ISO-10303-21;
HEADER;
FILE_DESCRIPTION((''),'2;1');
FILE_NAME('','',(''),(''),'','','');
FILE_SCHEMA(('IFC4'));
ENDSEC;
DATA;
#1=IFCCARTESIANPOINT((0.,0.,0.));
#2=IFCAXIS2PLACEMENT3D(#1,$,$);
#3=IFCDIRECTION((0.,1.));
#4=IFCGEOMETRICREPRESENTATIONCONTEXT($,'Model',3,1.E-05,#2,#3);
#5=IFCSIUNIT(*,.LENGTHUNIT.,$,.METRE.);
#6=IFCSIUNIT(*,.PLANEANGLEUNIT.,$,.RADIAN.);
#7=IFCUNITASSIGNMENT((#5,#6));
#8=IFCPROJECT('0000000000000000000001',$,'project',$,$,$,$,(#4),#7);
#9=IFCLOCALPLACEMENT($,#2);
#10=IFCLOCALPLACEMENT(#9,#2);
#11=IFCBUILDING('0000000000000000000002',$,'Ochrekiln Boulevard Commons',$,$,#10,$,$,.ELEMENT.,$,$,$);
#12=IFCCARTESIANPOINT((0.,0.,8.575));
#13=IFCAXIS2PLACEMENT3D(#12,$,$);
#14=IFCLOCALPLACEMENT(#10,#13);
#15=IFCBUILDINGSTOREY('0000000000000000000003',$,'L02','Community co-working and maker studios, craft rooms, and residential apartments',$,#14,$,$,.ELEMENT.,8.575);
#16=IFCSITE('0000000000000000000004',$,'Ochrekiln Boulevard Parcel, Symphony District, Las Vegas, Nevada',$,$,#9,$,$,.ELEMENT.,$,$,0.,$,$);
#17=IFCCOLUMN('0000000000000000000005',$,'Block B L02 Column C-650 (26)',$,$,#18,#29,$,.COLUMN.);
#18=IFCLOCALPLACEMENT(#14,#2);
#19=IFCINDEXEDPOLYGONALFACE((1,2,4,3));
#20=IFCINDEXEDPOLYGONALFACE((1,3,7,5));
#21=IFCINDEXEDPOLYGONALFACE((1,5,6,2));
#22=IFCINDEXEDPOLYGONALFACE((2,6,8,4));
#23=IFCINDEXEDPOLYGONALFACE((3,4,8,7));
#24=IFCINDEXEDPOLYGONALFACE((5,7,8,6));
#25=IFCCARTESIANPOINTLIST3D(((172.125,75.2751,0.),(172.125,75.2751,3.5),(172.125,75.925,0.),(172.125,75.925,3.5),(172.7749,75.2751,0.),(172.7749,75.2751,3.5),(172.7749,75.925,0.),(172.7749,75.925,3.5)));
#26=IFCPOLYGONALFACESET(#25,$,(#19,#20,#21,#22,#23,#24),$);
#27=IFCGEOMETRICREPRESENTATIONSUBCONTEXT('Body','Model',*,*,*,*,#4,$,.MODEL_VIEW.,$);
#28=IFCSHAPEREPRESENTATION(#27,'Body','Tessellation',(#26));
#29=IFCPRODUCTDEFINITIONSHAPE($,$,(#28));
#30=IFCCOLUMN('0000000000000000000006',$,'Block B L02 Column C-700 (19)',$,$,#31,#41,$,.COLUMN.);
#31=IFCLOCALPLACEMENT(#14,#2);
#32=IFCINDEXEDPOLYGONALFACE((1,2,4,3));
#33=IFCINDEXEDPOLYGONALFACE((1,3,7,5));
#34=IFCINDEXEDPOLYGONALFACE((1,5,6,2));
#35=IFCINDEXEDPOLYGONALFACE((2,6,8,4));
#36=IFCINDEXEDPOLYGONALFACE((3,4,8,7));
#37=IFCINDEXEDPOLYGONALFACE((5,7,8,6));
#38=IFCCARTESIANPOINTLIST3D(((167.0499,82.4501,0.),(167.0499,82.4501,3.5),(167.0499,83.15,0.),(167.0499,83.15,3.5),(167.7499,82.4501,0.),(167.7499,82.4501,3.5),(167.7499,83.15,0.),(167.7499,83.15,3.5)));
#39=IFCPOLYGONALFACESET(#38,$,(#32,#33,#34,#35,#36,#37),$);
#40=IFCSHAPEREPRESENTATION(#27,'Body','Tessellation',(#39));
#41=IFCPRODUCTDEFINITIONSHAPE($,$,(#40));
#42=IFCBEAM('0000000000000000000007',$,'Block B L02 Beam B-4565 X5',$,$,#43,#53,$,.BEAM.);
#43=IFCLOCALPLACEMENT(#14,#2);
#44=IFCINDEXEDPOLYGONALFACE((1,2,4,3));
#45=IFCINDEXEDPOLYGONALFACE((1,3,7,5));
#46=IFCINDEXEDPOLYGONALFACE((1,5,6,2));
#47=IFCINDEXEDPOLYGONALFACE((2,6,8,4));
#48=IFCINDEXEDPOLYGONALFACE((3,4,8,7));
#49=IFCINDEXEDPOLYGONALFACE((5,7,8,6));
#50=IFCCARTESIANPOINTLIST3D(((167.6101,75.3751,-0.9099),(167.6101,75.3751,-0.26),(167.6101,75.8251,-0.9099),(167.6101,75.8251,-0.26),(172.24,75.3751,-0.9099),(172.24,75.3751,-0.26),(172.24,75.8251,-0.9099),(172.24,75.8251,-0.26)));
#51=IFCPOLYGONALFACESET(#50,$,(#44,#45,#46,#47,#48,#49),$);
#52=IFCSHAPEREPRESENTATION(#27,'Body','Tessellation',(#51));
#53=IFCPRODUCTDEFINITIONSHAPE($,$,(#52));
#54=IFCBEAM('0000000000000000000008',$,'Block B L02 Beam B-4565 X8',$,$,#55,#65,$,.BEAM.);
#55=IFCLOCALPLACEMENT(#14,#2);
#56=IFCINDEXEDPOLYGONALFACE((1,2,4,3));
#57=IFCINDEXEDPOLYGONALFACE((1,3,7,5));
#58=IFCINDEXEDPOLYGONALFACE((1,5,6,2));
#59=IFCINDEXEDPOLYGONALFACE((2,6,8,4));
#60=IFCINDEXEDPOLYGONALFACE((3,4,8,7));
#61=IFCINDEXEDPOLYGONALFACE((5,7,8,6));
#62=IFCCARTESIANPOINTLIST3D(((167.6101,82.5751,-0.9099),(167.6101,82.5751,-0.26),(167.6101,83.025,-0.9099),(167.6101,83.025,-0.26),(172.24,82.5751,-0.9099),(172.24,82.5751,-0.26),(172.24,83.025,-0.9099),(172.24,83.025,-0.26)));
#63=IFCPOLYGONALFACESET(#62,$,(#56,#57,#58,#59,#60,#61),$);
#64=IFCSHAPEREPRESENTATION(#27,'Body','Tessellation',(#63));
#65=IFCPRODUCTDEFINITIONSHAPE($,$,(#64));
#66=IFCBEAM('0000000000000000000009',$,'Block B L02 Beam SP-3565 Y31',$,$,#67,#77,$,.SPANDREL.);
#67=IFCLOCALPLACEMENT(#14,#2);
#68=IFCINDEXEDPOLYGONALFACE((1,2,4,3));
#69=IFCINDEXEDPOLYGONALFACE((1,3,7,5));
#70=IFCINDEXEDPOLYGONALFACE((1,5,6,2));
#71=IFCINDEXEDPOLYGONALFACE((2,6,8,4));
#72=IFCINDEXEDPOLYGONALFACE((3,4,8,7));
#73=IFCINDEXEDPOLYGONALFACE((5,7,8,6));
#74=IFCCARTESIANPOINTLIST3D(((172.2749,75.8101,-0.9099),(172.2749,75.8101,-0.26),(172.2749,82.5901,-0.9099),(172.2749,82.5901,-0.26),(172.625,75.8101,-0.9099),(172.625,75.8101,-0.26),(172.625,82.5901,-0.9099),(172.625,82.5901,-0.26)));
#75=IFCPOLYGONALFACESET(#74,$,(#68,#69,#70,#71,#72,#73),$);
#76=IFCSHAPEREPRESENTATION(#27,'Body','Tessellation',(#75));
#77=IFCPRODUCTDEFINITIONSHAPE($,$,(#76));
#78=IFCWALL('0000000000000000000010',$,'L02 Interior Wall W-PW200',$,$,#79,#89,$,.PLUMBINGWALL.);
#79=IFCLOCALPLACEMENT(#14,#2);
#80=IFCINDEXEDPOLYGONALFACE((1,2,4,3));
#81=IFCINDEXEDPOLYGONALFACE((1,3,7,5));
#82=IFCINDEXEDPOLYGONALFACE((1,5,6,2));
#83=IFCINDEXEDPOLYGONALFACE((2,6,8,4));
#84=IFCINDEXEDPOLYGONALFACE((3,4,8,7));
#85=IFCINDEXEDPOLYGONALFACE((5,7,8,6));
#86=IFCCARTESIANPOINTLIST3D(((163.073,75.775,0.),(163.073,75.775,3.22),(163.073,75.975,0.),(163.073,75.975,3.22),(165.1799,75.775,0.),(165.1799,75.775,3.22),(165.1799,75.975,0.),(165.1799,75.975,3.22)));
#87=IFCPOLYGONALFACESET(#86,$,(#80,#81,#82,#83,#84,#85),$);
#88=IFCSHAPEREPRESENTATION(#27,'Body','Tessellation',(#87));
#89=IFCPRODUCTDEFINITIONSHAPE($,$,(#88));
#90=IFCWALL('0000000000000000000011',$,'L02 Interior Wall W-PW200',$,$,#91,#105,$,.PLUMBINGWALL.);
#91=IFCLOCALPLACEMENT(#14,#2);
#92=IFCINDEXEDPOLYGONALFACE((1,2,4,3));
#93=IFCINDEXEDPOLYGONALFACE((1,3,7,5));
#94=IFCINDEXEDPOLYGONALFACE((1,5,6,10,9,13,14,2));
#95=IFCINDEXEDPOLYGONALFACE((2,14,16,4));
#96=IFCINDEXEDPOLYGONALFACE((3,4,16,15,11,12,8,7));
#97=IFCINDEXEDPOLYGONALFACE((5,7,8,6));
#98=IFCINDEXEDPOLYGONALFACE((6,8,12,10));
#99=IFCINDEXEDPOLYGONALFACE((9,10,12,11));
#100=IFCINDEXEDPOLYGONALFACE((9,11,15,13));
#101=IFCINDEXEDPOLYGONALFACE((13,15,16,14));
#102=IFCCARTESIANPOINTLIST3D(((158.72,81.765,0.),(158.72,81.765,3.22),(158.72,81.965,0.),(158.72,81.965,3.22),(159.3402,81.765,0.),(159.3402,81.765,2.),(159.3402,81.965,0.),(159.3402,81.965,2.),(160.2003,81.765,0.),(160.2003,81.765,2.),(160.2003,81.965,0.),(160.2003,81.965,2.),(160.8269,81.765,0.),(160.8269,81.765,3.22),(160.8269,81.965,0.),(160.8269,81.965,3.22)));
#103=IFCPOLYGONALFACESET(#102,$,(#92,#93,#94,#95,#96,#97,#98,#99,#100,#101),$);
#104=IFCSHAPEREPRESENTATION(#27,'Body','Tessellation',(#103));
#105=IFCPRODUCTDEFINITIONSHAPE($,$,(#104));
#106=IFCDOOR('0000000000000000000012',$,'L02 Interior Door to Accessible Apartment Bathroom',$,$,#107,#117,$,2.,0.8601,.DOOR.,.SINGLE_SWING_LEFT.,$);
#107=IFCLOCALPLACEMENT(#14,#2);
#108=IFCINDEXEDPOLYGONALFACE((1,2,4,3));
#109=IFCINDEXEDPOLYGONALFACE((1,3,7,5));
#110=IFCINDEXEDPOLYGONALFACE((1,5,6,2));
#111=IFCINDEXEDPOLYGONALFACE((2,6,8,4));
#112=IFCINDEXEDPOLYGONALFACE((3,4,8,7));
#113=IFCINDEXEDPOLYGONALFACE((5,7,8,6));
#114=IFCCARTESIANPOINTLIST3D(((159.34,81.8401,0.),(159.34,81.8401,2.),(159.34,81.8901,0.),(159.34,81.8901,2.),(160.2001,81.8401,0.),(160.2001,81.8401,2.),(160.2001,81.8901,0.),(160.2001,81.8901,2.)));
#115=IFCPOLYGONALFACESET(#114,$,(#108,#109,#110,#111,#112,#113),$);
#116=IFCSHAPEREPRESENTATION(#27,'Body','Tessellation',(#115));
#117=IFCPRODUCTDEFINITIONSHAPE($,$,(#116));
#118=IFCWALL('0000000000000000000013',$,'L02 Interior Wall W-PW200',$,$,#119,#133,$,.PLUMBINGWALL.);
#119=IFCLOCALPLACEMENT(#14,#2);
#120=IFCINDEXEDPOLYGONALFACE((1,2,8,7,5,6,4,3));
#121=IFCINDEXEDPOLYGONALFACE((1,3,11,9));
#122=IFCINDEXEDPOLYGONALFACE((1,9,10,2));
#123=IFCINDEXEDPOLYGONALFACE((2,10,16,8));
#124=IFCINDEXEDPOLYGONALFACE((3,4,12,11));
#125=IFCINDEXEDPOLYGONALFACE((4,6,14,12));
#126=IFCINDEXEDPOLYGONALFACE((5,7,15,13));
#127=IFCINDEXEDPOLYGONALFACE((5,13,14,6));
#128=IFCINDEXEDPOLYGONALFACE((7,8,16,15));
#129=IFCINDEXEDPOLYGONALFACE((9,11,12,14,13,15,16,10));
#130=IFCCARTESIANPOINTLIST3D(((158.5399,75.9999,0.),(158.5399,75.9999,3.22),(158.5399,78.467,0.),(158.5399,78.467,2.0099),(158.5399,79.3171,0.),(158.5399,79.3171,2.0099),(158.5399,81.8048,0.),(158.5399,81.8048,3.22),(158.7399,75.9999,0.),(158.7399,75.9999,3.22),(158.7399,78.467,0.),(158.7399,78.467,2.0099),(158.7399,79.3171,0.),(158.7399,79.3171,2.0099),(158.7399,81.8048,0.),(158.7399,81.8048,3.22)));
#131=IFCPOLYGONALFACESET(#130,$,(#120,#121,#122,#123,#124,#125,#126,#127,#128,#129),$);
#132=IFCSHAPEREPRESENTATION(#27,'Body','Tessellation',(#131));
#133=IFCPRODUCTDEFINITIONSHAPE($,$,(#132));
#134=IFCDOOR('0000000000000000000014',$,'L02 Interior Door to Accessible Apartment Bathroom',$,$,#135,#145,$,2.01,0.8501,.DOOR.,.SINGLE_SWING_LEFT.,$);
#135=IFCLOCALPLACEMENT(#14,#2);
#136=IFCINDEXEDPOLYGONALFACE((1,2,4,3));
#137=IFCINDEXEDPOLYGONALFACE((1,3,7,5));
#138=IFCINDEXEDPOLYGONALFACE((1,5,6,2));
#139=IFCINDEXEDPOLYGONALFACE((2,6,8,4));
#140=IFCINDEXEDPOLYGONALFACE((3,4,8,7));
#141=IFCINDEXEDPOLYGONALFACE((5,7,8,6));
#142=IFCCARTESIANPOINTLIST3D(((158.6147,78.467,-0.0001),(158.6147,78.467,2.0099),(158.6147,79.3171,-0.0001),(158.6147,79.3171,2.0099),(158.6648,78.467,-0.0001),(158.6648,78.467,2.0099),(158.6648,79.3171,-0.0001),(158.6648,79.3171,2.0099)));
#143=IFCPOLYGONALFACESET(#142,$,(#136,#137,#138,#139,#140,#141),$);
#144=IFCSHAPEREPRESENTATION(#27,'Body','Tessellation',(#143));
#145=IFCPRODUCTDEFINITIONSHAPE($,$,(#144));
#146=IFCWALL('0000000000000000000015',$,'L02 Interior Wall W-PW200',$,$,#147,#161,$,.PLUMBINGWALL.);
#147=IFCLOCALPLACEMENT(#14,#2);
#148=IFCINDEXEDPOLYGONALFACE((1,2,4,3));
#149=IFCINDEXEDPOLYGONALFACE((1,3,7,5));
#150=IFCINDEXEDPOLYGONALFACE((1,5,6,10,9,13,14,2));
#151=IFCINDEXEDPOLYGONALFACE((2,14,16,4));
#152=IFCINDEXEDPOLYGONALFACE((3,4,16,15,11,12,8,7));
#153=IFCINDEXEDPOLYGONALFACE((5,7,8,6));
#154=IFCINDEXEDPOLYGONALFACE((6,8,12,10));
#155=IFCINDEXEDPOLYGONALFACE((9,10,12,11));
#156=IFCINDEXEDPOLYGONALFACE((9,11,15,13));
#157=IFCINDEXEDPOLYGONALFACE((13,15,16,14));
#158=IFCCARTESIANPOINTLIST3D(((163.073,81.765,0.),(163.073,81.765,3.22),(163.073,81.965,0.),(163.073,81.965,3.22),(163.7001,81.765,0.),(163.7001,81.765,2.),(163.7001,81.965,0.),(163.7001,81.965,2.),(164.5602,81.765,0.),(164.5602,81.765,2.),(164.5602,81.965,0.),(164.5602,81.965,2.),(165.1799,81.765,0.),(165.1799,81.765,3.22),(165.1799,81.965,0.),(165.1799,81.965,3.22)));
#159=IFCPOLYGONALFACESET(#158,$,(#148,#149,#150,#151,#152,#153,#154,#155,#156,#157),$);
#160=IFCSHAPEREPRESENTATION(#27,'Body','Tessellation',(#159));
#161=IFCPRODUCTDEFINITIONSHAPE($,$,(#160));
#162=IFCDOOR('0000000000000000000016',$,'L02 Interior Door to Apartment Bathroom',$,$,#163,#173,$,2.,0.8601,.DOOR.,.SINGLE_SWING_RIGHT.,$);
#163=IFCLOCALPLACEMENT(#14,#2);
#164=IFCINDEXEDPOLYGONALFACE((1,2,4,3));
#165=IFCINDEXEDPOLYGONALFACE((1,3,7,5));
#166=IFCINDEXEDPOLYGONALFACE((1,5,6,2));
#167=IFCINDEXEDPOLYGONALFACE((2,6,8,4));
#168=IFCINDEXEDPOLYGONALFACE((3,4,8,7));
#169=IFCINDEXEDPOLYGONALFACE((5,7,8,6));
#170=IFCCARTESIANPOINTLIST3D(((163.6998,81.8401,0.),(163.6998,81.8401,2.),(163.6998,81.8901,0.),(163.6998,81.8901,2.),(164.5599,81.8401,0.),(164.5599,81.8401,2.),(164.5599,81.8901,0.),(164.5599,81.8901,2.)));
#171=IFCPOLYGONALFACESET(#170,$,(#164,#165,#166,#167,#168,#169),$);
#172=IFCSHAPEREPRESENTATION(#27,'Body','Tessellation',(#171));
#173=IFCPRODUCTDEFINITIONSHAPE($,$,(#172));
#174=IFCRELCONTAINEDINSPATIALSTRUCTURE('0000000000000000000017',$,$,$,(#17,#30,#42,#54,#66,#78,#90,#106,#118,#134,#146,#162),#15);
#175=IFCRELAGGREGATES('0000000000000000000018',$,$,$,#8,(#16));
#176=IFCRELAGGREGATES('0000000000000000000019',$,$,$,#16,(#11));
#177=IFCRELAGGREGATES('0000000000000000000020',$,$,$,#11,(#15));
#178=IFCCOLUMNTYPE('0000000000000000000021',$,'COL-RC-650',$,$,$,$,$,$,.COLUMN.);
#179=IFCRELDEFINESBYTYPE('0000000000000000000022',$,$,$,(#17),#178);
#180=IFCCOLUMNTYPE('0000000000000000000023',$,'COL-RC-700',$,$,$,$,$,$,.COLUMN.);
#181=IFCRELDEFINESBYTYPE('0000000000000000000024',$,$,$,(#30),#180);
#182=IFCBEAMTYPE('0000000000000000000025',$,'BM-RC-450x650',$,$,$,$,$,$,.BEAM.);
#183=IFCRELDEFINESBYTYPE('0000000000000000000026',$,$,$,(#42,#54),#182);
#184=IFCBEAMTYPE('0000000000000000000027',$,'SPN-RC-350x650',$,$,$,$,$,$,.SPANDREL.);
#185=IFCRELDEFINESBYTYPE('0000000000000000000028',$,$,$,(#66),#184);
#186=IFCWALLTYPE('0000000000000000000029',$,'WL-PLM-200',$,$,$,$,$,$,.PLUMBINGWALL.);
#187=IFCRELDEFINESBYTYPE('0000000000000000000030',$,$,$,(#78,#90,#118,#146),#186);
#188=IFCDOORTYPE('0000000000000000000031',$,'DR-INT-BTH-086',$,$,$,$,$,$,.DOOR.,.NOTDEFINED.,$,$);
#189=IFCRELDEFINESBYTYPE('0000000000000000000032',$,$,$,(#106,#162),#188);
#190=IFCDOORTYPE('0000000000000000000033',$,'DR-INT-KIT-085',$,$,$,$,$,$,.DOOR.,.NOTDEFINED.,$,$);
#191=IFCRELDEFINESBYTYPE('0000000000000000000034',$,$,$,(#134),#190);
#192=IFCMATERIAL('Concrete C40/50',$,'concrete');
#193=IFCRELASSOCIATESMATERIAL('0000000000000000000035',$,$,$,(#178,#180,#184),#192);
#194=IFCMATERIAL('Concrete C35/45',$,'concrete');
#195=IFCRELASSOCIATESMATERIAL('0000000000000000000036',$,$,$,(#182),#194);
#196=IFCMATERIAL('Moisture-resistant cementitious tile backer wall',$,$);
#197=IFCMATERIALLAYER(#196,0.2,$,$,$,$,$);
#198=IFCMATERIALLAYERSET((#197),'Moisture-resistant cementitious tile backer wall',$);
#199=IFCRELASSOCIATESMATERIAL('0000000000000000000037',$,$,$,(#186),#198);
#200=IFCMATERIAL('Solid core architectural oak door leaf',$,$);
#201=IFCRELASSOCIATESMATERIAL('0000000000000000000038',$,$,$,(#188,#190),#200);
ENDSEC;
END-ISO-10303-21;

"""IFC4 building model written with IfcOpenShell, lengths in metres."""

from ifc_helpers import new_model, si_unit, direction, frame, frame_2d, origin, origin_2d, place, context, subcontext, project, spatial, rectangle, extrude, material, layer, layer_set, material_profile, profile_set, type_object, element, fill, save


model = new_model("IFC4")

# Units and contexts
model_context = context("Model", 3, precision=1e-05, world=origin(), true_north=direction((0.0, 1.0)))
body_context = subcontext(model_context, "Body", "Model", "MODEL_VIEW")
ifc_project = project(units=[si_unit("LENGTHUNIT", "METRE"), si_unit("PLANEANGLEUNIT", "RADIAN")], contexts=[model_context])

# Site, building, storey
site_placement = place(None, origin())
site = spatial("IfcSite", under=ifc_project, at=site_placement, Name="Ochrekiln Boulevard Parcel, Symphony District, Las Vegas, Nevada", CompositionType="ELEMENT", RefElevation=0.0)
building_placement = place(site_placement, origin())
building = spatial("IfcBuilding", under=site, at=building_placement, Name="Ochrekiln Boulevard Commons", CompositionType="ELEMENT")
storey_placement = place(building_placement, frame((0.0, 0.0, 8.575)))
storey = spatial("IfcBuildingStorey", under=building, at=storey_placement, Name="L02", Description="Community co-working and maker studios, craft rooms, and residential apartments", CompositionType="ELEMENT", Elevation=8.575)

# Columns
ifc_material_1 = material(Name="Concrete C40/50", Category="concrete")
ifc_material_profile_1 = material_profile(ifc_material_1, rectangle(XDim=0.6499, YDim=0.6499, at=origin_2d()), Name="RC-COL-650x650")
ifc_profile_set_1 = profile_set([ifc_material_profile_1], Name="Concrete C40/50")
column_type_1 = type_object("IfcColumnType", Name="COL-RC-650", PredefinedType="COLUMN", material=ifc_profile_set_1)
column_1_placement = place(storey_placement, frame((172.45, 75.6001, 0.0), z_axis=(0.0, 0.0, 1.0), x_axis=(1.0, 0.0, 0.0)))
element("IfcColumn", 1, at=column_1_placement, inside=storey, type_object=column_type_1, Name="Block B L02 Column C-650 (26)", PredefinedType="COLUMN", context=body_context, shape_type="SweptSolid", body=[
    extrude(rectangle(XDim=0.6499, YDim=0.6499, at=origin_2d()), origin(), (0.0, 0.0, 1.0), 3.5),
])
ifc_material_profile_2 = material_profile(ifc_material_1, rectangle(XDim=0.7, YDim=0.7, at=origin_2d()), Name="RC-COL-700x700")
ifc_profile_set_2 = profile_set([ifc_material_profile_2], Name="Concrete C40/50")
column_type_2 = type_object("IfcColumnType", Name="COL-RC-700", PredefinedType="COLUMN", material=ifc_profile_set_2)
column_2_placement = place(storey_placement, frame((167.3999, 82.8, 0.0), z_axis=(0.0, 0.0, 1.0), x_axis=(1.0, 0.0, 0.0)))
element("IfcColumn", 2, at=column_2_placement, inside=storey, type_object=column_type_2, Name="Block B L02 Column C-700 (19)", PredefinedType="COLUMN", context=body_context, shape_type="SweptSolid", body=[
    extrude(rectangle(XDim=0.7, YDim=0.7, at=origin_2d()), origin(), (0.0, 0.0, 1.0), 3.5),
])

# Beams
ifc_material_2 = material(Name="Concrete C35/45", Category="concrete")
ifc_material_profile_3 = material_profile(ifc_material_2, rectangle(XDim=0.45, YDim=0.6499, at=origin_2d()), Name="RC-BM-450x650")
ifc_profile_set_3 = profile_set([ifc_material_profile_3], Name="Concrete C35/45")
beam_type_1 = type_object("IfcBeamType", Name="BM-RC-450x650", PredefinedType="BEAM", material=ifc_profile_set_3)
for number, where, z_axis, x_axis, name in (
    (3, (167.6101, 75.6001, -0.585), (1.0, 0.0, 0.0), (0.0, 1.0, 0.0), "Block B L02 Beam B-4565 X5"),
    (4, (167.6101, 82.8, -0.585), (1.0, 0.0, 0.0), (0.0, 1.0, 0.0), "Block B L02 Beam B-4565 X8"),
):
    element("IfcBeam", number, at=place(storey_placement, frame(where, z_axis=z_axis, x_axis=x_axis)), inside=storey, type_object=beam_type_1, Name=name, PredefinedType="BEAM", context=body_context, shape_type="SweptSolid", body=[
        extrude(rectangle(XDim=0.45, YDim=0.6499, at=origin_2d()), origin(), (0.0, 0.0, 1.0), 4.6299),
    ])
ifc_material_profile_4 = material_profile(ifc_material_1, rectangle(XDim=0.3501, YDim=0.6499, at=origin_2d()), Name="RC-SPN-350x650")
ifc_profile_set_4 = profile_set([ifc_material_profile_4], Name="Concrete C40/50")
beam_type_2 = type_object("IfcBeamType", Name="SPN-RC-350x650", PredefinedType="SPANDREL", material=ifc_profile_set_4)
beam_placement = place(storey_placement, frame((172.45, 75.8101, -0.585), z_axis=(0.0, 1.0, 0.0), x_axis=(-1.0, 0.0, 0.0)))
element("IfcBeam", 5, at=beam_placement, inside=storey, type_object=beam_type_2, Name="Block B L02 Beam SP-3565 Y31", PredefinedType="SPANDREL", context=body_context, shape_type="SweptSolid", body=[
    extrude(rectangle(XDim=0.3501, YDim=0.6499, at=origin_2d()), origin(), (0.0, 0.0, 1.0), 6.78),
])

# Wall
ifc_material_3 = material(Name="Moisture-resistant cementitious tile backer wall")
ifc_layer_1 = layer(ifc_material_3, 0.2)
ifc_layer_set_1 = layer_set([ifc_layer_1], Name="Moisture-resistant cementitious tile backer wall")
wall_type_1 = type_object("IfcWallType", Name="WL-PLM-200", PredefinedType="PLUMBINGWALL", material=ifc_layer_set_1)
wall_1_placement = place(storey_placement, frame((163.073, 75.875, 0.0), z_axis=(0.0, 0.0, 1.0), x_axis=(1.0, 0.0, 0.0)))
element("IfcWall", 6, at=wall_1_placement, inside=storey, type_object=wall_type_1, Name="L02 Interior Wall W-PW200", PredefinedType="PLUMBINGWALL", context=body_context, shape_type="SweptSolid", body=[
    extrude(rectangle(XDim=2.1069, YDim=0.2, at=frame_2d((1.0535, 0.0))), origin(), (0.0, 0.0, 1.0), 3.22),
])

# Walls, openings, doors
wall_2_placement = place(storey_placement, frame((158.72, 81.865, 0.0), z_axis=(0.0, 0.0, 1.0), x_axis=(1.0, 0.0, 0.0)))
wall_2 = element("IfcWall", 7, at=wall_2_placement, inside=storey, type_object=wall_type_1, Name="L02 Interior Wall W-PW200", PredefinedType="PLUMBINGWALL", context=body_context, shape_type="SweptSolid", body=[
    extrude(rectangle(XDim=2.1069, YDim=0.2, at=frame_2d((1.0535, 0.0))), origin(), (0.0, 0.0, 1.0), 3.22),
])
opening_1_placement = place(wall_2_placement, frame((0.6201, 0.0, 0.0)))
opening_1 = element("IfcOpeningElement", 8, at=opening_1_placement, cuts=wall_2, PredefinedType="OPENING", context=body_context, shape_type="SweptSolid", body=[
    extrude(rectangle(XDim=0.8601, YDim=2.0, at=frame_2d((0.4302, 1.0))), frame((0.0, 0.1099, 0.0), z_axis=(0.0, -1.0, 0.0), x_axis=(1.0, 0.0, 0.0)), (0.0, 0.0, 1.0), 0.22),
])
ifc_material_4 = material(Name="Solid core architectural oak door leaf")
door_type_1 = type_object("IfcDoorType", Name="DR-INT-BTH-086", OperationType="NOTDEFINED", PredefinedType="DOOR", material=ifc_material_4)
door_1_placement = place(opening_1_placement, frame((0.8601, 0.0, 0.0), z_axis=(0.0, 0.0, 1.0), x_axis=(-1.0, 0.0, 0.0)))
door_1 = element("IfcDoor", 9, at=door_1_placement, inside=storey, type_object=door_type_1, Name="L02 Interior Door to Accessible Apartment Bathroom", OperationType="SINGLE_SWING_LEFT", OverallHeight=2.0, OverallWidth=0.8601, PredefinedType="DOOR", context=body_context, shape_type="SweptSolid", body=[
    extrude(rectangle(XDim=0.8601, YDim=2.0, at=frame_2d((0.4302, 1.0))), frame((0.0, 0.0249, 0.0), z_axis=(0.0, -1.0, 0.0), x_axis=(1.0, 0.0, 0.0)), (0.0, 0.0, 1.0), 0.05),
])
fill(opening_1, door_1)
wall_3_placement = place(storey_placement, frame((158.6399, 76.0, 0.0), z_axis=(0.0, 0.0, 1.0), x_axis=(0.0, 1.0, 0.0)))
wall_3 = element("IfcWall", 10, at=wall_3_placement, inside=storey, type_object=wall_type_1, Name="L02 Interior Wall W-PW200", PredefinedType="PLUMBINGWALL", context=body_context, shape_type="SweptSolid", body=[
    extrude(rectangle(XDim=5.8049, YDim=0.2, at=frame_2d((2.9023, 0.0))), origin(), (0.0, 0.0, 1.0), 3.22),
])
opening_2_placement = place(wall_3_placement, frame((2.467, 0.0, 0.0)))
opening_2 = element("IfcOpeningElement", 11, at=opening_2_placement, cuts=wall_3, PredefinedType="OPENING", context=body_context, shape_type="SweptSolid", body=[
    extrude(rectangle(XDim=0.8501, YDim=2.01, at=frame_2d((0.425, 1.0049))), frame((0.0, 0.1099, 0.0), z_axis=(0.0, -1.0, 0.0), x_axis=(1.0, 0.0, 0.0)), (0.0, 0.0, 1.0), 0.22),
])
door_type_2 = type_object("IfcDoorType", Name="DR-INT-KIT-085", OperationType="NOTDEFINED", PredefinedType="DOOR", material=ifc_material_4)
door_2_placement = place(opening_2_placement, frame((0.8501, 0.0, 0.0), z_axis=(0.0, 0.0, 1.0), x_axis=(-1.0, 0.0, 0.0)))
door_2 = element("IfcDoor", 12, at=door_2_placement, inside=storey, type_object=door_type_2, Name="L02 Interior Door to Accessible Apartment Bathroom", OperationType="SINGLE_SWING_LEFT", OverallHeight=2.01, OverallWidth=0.8501, PredefinedType="DOOR", context=body_context, shape_type="SweptSolid", body=[
    extrude(rectangle(XDim=0.8501, YDim=2.01, at=frame_2d((0.425, 1.0049))), frame((0.0, 0.0249, 0.0), z_axis=(0.0, -1.0, 0.0), x_axis=(1.0, 0.0, 0.0)), (0.0, 0.0, 1.0), 0.05),
])
fill(opening_2, door_2)
wall_4_placement = place(storey_placement, frame((163.073, 81.865, 0.0), z_axis=(0.0, 0.0, 1.0), x_axis=(1.0, 0.0, 0.0)))
wall_4 = element("IfcWall", 13, at=wall_4_placement, inside=storey, type_object=wall_type_1, Name="L02 Interior Wall W-PW200", PredefinedType="PLUMBINGWALL", context=body_context, shape_type="SweptSolid", body=[
    extrude(rectangle(XDim=2.1069, YDim=0.2, at=frame_2d((1.0535, 0.0))), origin(), (0.0, 0.0, 1.0), 3.22),
])
opening_3_placement = place(wall_4_placement, frame((0.627, 0.0, 0.0)))
opening_3 = element("IfcOpeningElement", 14, at=opening_3_placement, cuts=wall_4, PredefinedType="OPENING", context=body_context, shape_type="SweptSolid", body=[
    extrude(rectangle(XDim=0.8601, YDim=2.0, at=frame_2d((0.4302, 1.0))), frame((0.0, 0.1099, 0.0), z_axis=(0.0, -1.0, 0.0), x_axis=(1.0, 0.0, 0.0)), (0.0, 0.0, 1.0), 0.22),
])
door_3_placement = place(opening_3_placement, frame((0.8601, 0.0, 0.0), z_axis=(0.0, 0.0, 1.0), x_axis=(-1.0, 0.0, 0.0)))
door_3 = element("IfcDoor", 15, at=door_3_placement, inside=storey, type_object=door_type_1, Name="L02 Interior Door to Apartment Bathroom", OperationType="SINGLE_SWING_RIGHT", OverallHeight=2.0, OverallWidth=0.8601, PredefinedType="DOOR", context=body_context, shape_type="SweptSolid", body=[
    extrude(rectangle(XDim=0.8601, YDim=2.0, at=frame_2d((0.4302, 1.0))), frame((0.0, 0.0249, 0.0), z_axis=(0.0, -1.0, 0.0), x_axis=(1.0, 0.0, 0.0)), (0.0, 0.0, 1.0), 0.05),
])
fill(opening_3, door_3)

save(model, "model.ifc")
